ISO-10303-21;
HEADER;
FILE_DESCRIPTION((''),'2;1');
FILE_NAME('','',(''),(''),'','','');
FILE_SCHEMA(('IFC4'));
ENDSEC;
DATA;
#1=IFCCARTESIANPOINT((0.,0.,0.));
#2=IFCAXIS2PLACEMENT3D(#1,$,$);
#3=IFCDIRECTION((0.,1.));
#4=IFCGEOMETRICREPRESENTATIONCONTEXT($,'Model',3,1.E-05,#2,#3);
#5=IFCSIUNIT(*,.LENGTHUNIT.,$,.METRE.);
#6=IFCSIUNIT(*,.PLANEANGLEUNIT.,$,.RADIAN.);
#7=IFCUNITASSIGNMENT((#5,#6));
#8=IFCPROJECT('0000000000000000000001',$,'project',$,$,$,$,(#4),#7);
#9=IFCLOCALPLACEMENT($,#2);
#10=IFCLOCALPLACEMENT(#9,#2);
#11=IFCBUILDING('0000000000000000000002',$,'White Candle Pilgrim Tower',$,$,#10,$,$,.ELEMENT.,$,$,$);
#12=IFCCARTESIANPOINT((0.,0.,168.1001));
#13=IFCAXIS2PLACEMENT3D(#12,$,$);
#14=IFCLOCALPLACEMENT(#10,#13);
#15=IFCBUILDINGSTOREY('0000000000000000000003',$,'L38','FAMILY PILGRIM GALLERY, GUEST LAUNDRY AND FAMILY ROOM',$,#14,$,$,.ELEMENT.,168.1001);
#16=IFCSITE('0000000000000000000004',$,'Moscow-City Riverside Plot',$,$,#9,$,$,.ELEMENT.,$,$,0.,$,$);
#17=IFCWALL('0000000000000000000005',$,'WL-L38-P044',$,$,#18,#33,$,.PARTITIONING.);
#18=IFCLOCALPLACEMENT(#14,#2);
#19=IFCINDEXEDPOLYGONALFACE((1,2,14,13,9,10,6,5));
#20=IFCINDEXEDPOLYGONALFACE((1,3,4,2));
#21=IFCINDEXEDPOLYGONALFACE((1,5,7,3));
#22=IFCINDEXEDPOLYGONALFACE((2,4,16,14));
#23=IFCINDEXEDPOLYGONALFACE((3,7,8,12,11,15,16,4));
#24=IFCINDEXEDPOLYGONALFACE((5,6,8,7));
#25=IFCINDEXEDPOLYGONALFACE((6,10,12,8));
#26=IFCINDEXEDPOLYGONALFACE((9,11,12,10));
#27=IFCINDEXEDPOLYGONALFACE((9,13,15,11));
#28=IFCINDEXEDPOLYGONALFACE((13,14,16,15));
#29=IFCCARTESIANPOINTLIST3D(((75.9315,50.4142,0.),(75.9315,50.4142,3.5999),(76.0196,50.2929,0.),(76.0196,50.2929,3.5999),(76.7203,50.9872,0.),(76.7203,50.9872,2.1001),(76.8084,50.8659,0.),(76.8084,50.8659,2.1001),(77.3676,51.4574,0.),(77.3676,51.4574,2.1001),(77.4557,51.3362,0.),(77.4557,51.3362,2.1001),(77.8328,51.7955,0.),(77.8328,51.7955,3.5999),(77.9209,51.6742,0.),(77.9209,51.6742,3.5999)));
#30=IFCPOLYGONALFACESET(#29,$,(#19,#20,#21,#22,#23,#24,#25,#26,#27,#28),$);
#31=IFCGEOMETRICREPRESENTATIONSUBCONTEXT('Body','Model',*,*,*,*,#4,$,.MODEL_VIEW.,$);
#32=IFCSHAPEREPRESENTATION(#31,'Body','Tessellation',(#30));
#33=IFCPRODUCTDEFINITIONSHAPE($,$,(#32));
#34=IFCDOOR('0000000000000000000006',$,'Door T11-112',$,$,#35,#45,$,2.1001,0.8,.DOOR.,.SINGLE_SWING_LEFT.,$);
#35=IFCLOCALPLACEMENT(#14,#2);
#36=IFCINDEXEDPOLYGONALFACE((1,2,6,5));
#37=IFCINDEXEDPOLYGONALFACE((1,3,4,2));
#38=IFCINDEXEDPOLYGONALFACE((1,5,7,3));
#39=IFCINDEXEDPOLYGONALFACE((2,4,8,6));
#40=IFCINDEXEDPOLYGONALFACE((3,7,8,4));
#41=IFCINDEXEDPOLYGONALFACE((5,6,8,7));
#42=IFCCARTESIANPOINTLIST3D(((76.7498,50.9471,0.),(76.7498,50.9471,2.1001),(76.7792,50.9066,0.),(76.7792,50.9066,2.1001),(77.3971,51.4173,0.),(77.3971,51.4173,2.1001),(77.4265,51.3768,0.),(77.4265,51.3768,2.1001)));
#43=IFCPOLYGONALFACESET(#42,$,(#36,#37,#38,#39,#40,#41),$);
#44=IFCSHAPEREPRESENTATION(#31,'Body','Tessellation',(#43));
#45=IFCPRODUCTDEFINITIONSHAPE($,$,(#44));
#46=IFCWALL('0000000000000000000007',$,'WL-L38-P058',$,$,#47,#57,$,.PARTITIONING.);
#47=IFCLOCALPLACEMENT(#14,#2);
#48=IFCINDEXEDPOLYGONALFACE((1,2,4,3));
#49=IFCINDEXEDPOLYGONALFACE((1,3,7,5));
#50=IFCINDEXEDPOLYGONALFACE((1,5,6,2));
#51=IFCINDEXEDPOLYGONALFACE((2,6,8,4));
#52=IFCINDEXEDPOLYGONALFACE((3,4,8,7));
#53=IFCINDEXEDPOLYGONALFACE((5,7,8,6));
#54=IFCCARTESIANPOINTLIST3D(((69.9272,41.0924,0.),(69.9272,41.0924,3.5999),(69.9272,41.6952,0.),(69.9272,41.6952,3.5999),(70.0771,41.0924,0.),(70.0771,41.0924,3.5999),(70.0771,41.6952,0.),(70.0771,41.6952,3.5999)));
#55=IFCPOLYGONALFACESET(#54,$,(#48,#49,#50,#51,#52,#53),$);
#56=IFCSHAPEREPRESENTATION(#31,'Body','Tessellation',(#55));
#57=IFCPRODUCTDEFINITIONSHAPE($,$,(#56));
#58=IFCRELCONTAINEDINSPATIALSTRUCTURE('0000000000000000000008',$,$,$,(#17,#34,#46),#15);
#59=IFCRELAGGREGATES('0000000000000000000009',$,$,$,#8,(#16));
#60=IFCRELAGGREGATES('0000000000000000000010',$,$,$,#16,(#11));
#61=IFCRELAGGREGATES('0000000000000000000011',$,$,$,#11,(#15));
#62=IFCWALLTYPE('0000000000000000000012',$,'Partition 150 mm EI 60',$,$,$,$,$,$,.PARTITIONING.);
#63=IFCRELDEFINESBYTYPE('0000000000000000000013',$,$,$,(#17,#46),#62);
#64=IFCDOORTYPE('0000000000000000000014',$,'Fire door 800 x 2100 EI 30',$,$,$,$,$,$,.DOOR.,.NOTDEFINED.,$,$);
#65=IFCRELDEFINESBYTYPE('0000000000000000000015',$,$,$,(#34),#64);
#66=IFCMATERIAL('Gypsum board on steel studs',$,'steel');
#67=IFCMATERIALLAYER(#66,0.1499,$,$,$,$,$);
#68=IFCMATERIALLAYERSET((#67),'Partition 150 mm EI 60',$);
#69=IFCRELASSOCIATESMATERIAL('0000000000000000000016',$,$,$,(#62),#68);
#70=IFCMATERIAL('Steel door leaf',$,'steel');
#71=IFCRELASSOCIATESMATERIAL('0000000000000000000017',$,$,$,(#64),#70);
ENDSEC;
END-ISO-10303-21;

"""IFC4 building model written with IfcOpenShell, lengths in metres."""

from ifc_helpers import new_model, si_unit, direction, frame, frame_2d, origin, place, context, subcontext, project, spatial, rectangle, extrude, material, layer, layer_set, type_object, element, fill, save


model = new_model("IFC4")

# Units and contexts
model_context = context("Model", 3, precision=1e-05, world=origin(), true_north=direction((0.0, 1.0)))
body_context = subcontext(model_context, "Body", "Model", "MODEL_VIEW")
ifc_project = project(units=[si_unit("LENGTHUNIT", "METRE"), si_unit("PLANEANGLEUNIT", "RADIAN")], contexts=[model_context])

# Site, building, storey
site_placement = place(None, origin())
site = spatial("IfcSite", under=ifc_project, at=site_placement, Name="Moscow-City Riverside Plot", CompositionType="ELEMENT", RefElevation=0.0)
building_placement = place(site_placement, origin())
building = spatial("IfcBuilding", under=site, at=building_placement, Name="White Candle Pilgrim Tower", CompositionType="ELEMENT")
storey_placement = place(building_placement, frame((0.0, 0.0, 168.1001)))
storey = spatial("IfcBuildingStorey", under=building, at=storey_placement, Name="L38", Description="FAMILY PILGRIM GALLERY, GUEST LAUNDRY AND FAMILY ROOM", CompositionType="ELEMENT", Elevation=168.1001)

# Shared definitions
ifc_material_1 = material(Name="Gypsum board on steel studs", Category="steel")
ifc_material_2 = material(Name="Steel door leaf", Category="steel")

# Shared definitions
ifc_layer_1 = layer(ifc_material_1, 0.1499)
ifc_layer_set_1 = layer_set([ifc_layer_1], Name="Partition 150 mm EI 60")
wall_type_1 = type_object("IfcWallType", Name="Partition 150 mm EI 60", PredefinedType="PARTITIONING", material=ifc_layer_set_1)

# Wall, opening, door
wall_1_placement = place(storey_placement, frame((75.9756, 50.3535, 0.0), z_axis=(0.0, 0.0, 1.0), x_axis=(0.809032, 0.587764, 0.0)))
wall_1 = element("IfcWall", 1, at=wall_1_placement, inside=storey, type_object=wall_type_1, Name="WL-L38-P044", PredefinedType="PARTITIONING", context=body_context, shape_type="SweptSolid", body=[
    extrude(rectangle(XDim=2.3501, YDim=0.1499, at=frame_2d((1.175, 0.0))), origin(), (0.0, 0.0, 1.0), 3.5999),
])
opening_1_placement = place(wall_1_placement, frame((0.9751, 0.0, 0.0)))
opening_1 = element("IfcOpeningElement", 2, at=opening_1_placement, cuts=wall_1, PredefinedType="OPENING", context=body_context, shape_type="SweptSolid", body=[
    extrude(rectangle(XDim=0.8, YDim=2.1001, at=frame_2d((0.3999, 1.05))), frame((0.0, 0.085, 0.0), z_axis=(0.0, -1.0, 0.0), x_axis=(1.0, 0.0, 0.0)), (0.0, 0.0, 1.0), 0.1699),
])
door_type_1 = type_object("IfcDoorType", Name="Fire door 800 x 2100 EI 30", OperationType="NOTDEFINED", PredefinedType="DOOR", material=ifc_material_2)
door_1_placement = place(opening_1_placement, frame((0.8, 0.0, 0.0), z_axis=(0.0, 0.0, 1.0), x_axis=(-1.0, 0.0, 0.0)))
door_1 = element("IfcDoor", 3, at=door_1_placement, inside=storey, type_object=door_type_1, Name="Door T11-112", OperationType="SINGLE_SWING_LEFT", OverallHeight=2.1001, OverallWidth=0.8, PredefinedType="DOOR", context=body_context, shape_type="SweptSolid", body=[
    extrude(rectangle(XDim=0.8, YDim=2.1001, at=frame_2d((0.3999, 1.05))), frame((0.0, 0.0249, 0.0), z_axis=(0.0, -1.0, 0.0), x_axis=(1.0, 0.0, 0.0)), (0.0, 0.0, 1.0), 0.05),
])
fill(opening_1, door_1)

# Wall
wall_2_placement = place(storey_placement, frame((70.0022, 41.6951, 0.0), z_axis=(0.0, 0.0, 1.0), x_axis=(0.0, -1.0, 0.0)))
element("IfcWall", 4, at=wall_2_placement, inside=storey, type_object=wall_type_1, Name="WL-L38-P058", PredefinedType="PARTITIONING", context=body_context, shape_type="SweptSolid", body=[
    extrude(rectangle(XDim=0.6028, YDim=0.1499, at=frame_2d((0.3013, 0.0))), origin(), (0.0, 0.0, 1.0), 3.5999),
])

save(model, "model.ifc")
